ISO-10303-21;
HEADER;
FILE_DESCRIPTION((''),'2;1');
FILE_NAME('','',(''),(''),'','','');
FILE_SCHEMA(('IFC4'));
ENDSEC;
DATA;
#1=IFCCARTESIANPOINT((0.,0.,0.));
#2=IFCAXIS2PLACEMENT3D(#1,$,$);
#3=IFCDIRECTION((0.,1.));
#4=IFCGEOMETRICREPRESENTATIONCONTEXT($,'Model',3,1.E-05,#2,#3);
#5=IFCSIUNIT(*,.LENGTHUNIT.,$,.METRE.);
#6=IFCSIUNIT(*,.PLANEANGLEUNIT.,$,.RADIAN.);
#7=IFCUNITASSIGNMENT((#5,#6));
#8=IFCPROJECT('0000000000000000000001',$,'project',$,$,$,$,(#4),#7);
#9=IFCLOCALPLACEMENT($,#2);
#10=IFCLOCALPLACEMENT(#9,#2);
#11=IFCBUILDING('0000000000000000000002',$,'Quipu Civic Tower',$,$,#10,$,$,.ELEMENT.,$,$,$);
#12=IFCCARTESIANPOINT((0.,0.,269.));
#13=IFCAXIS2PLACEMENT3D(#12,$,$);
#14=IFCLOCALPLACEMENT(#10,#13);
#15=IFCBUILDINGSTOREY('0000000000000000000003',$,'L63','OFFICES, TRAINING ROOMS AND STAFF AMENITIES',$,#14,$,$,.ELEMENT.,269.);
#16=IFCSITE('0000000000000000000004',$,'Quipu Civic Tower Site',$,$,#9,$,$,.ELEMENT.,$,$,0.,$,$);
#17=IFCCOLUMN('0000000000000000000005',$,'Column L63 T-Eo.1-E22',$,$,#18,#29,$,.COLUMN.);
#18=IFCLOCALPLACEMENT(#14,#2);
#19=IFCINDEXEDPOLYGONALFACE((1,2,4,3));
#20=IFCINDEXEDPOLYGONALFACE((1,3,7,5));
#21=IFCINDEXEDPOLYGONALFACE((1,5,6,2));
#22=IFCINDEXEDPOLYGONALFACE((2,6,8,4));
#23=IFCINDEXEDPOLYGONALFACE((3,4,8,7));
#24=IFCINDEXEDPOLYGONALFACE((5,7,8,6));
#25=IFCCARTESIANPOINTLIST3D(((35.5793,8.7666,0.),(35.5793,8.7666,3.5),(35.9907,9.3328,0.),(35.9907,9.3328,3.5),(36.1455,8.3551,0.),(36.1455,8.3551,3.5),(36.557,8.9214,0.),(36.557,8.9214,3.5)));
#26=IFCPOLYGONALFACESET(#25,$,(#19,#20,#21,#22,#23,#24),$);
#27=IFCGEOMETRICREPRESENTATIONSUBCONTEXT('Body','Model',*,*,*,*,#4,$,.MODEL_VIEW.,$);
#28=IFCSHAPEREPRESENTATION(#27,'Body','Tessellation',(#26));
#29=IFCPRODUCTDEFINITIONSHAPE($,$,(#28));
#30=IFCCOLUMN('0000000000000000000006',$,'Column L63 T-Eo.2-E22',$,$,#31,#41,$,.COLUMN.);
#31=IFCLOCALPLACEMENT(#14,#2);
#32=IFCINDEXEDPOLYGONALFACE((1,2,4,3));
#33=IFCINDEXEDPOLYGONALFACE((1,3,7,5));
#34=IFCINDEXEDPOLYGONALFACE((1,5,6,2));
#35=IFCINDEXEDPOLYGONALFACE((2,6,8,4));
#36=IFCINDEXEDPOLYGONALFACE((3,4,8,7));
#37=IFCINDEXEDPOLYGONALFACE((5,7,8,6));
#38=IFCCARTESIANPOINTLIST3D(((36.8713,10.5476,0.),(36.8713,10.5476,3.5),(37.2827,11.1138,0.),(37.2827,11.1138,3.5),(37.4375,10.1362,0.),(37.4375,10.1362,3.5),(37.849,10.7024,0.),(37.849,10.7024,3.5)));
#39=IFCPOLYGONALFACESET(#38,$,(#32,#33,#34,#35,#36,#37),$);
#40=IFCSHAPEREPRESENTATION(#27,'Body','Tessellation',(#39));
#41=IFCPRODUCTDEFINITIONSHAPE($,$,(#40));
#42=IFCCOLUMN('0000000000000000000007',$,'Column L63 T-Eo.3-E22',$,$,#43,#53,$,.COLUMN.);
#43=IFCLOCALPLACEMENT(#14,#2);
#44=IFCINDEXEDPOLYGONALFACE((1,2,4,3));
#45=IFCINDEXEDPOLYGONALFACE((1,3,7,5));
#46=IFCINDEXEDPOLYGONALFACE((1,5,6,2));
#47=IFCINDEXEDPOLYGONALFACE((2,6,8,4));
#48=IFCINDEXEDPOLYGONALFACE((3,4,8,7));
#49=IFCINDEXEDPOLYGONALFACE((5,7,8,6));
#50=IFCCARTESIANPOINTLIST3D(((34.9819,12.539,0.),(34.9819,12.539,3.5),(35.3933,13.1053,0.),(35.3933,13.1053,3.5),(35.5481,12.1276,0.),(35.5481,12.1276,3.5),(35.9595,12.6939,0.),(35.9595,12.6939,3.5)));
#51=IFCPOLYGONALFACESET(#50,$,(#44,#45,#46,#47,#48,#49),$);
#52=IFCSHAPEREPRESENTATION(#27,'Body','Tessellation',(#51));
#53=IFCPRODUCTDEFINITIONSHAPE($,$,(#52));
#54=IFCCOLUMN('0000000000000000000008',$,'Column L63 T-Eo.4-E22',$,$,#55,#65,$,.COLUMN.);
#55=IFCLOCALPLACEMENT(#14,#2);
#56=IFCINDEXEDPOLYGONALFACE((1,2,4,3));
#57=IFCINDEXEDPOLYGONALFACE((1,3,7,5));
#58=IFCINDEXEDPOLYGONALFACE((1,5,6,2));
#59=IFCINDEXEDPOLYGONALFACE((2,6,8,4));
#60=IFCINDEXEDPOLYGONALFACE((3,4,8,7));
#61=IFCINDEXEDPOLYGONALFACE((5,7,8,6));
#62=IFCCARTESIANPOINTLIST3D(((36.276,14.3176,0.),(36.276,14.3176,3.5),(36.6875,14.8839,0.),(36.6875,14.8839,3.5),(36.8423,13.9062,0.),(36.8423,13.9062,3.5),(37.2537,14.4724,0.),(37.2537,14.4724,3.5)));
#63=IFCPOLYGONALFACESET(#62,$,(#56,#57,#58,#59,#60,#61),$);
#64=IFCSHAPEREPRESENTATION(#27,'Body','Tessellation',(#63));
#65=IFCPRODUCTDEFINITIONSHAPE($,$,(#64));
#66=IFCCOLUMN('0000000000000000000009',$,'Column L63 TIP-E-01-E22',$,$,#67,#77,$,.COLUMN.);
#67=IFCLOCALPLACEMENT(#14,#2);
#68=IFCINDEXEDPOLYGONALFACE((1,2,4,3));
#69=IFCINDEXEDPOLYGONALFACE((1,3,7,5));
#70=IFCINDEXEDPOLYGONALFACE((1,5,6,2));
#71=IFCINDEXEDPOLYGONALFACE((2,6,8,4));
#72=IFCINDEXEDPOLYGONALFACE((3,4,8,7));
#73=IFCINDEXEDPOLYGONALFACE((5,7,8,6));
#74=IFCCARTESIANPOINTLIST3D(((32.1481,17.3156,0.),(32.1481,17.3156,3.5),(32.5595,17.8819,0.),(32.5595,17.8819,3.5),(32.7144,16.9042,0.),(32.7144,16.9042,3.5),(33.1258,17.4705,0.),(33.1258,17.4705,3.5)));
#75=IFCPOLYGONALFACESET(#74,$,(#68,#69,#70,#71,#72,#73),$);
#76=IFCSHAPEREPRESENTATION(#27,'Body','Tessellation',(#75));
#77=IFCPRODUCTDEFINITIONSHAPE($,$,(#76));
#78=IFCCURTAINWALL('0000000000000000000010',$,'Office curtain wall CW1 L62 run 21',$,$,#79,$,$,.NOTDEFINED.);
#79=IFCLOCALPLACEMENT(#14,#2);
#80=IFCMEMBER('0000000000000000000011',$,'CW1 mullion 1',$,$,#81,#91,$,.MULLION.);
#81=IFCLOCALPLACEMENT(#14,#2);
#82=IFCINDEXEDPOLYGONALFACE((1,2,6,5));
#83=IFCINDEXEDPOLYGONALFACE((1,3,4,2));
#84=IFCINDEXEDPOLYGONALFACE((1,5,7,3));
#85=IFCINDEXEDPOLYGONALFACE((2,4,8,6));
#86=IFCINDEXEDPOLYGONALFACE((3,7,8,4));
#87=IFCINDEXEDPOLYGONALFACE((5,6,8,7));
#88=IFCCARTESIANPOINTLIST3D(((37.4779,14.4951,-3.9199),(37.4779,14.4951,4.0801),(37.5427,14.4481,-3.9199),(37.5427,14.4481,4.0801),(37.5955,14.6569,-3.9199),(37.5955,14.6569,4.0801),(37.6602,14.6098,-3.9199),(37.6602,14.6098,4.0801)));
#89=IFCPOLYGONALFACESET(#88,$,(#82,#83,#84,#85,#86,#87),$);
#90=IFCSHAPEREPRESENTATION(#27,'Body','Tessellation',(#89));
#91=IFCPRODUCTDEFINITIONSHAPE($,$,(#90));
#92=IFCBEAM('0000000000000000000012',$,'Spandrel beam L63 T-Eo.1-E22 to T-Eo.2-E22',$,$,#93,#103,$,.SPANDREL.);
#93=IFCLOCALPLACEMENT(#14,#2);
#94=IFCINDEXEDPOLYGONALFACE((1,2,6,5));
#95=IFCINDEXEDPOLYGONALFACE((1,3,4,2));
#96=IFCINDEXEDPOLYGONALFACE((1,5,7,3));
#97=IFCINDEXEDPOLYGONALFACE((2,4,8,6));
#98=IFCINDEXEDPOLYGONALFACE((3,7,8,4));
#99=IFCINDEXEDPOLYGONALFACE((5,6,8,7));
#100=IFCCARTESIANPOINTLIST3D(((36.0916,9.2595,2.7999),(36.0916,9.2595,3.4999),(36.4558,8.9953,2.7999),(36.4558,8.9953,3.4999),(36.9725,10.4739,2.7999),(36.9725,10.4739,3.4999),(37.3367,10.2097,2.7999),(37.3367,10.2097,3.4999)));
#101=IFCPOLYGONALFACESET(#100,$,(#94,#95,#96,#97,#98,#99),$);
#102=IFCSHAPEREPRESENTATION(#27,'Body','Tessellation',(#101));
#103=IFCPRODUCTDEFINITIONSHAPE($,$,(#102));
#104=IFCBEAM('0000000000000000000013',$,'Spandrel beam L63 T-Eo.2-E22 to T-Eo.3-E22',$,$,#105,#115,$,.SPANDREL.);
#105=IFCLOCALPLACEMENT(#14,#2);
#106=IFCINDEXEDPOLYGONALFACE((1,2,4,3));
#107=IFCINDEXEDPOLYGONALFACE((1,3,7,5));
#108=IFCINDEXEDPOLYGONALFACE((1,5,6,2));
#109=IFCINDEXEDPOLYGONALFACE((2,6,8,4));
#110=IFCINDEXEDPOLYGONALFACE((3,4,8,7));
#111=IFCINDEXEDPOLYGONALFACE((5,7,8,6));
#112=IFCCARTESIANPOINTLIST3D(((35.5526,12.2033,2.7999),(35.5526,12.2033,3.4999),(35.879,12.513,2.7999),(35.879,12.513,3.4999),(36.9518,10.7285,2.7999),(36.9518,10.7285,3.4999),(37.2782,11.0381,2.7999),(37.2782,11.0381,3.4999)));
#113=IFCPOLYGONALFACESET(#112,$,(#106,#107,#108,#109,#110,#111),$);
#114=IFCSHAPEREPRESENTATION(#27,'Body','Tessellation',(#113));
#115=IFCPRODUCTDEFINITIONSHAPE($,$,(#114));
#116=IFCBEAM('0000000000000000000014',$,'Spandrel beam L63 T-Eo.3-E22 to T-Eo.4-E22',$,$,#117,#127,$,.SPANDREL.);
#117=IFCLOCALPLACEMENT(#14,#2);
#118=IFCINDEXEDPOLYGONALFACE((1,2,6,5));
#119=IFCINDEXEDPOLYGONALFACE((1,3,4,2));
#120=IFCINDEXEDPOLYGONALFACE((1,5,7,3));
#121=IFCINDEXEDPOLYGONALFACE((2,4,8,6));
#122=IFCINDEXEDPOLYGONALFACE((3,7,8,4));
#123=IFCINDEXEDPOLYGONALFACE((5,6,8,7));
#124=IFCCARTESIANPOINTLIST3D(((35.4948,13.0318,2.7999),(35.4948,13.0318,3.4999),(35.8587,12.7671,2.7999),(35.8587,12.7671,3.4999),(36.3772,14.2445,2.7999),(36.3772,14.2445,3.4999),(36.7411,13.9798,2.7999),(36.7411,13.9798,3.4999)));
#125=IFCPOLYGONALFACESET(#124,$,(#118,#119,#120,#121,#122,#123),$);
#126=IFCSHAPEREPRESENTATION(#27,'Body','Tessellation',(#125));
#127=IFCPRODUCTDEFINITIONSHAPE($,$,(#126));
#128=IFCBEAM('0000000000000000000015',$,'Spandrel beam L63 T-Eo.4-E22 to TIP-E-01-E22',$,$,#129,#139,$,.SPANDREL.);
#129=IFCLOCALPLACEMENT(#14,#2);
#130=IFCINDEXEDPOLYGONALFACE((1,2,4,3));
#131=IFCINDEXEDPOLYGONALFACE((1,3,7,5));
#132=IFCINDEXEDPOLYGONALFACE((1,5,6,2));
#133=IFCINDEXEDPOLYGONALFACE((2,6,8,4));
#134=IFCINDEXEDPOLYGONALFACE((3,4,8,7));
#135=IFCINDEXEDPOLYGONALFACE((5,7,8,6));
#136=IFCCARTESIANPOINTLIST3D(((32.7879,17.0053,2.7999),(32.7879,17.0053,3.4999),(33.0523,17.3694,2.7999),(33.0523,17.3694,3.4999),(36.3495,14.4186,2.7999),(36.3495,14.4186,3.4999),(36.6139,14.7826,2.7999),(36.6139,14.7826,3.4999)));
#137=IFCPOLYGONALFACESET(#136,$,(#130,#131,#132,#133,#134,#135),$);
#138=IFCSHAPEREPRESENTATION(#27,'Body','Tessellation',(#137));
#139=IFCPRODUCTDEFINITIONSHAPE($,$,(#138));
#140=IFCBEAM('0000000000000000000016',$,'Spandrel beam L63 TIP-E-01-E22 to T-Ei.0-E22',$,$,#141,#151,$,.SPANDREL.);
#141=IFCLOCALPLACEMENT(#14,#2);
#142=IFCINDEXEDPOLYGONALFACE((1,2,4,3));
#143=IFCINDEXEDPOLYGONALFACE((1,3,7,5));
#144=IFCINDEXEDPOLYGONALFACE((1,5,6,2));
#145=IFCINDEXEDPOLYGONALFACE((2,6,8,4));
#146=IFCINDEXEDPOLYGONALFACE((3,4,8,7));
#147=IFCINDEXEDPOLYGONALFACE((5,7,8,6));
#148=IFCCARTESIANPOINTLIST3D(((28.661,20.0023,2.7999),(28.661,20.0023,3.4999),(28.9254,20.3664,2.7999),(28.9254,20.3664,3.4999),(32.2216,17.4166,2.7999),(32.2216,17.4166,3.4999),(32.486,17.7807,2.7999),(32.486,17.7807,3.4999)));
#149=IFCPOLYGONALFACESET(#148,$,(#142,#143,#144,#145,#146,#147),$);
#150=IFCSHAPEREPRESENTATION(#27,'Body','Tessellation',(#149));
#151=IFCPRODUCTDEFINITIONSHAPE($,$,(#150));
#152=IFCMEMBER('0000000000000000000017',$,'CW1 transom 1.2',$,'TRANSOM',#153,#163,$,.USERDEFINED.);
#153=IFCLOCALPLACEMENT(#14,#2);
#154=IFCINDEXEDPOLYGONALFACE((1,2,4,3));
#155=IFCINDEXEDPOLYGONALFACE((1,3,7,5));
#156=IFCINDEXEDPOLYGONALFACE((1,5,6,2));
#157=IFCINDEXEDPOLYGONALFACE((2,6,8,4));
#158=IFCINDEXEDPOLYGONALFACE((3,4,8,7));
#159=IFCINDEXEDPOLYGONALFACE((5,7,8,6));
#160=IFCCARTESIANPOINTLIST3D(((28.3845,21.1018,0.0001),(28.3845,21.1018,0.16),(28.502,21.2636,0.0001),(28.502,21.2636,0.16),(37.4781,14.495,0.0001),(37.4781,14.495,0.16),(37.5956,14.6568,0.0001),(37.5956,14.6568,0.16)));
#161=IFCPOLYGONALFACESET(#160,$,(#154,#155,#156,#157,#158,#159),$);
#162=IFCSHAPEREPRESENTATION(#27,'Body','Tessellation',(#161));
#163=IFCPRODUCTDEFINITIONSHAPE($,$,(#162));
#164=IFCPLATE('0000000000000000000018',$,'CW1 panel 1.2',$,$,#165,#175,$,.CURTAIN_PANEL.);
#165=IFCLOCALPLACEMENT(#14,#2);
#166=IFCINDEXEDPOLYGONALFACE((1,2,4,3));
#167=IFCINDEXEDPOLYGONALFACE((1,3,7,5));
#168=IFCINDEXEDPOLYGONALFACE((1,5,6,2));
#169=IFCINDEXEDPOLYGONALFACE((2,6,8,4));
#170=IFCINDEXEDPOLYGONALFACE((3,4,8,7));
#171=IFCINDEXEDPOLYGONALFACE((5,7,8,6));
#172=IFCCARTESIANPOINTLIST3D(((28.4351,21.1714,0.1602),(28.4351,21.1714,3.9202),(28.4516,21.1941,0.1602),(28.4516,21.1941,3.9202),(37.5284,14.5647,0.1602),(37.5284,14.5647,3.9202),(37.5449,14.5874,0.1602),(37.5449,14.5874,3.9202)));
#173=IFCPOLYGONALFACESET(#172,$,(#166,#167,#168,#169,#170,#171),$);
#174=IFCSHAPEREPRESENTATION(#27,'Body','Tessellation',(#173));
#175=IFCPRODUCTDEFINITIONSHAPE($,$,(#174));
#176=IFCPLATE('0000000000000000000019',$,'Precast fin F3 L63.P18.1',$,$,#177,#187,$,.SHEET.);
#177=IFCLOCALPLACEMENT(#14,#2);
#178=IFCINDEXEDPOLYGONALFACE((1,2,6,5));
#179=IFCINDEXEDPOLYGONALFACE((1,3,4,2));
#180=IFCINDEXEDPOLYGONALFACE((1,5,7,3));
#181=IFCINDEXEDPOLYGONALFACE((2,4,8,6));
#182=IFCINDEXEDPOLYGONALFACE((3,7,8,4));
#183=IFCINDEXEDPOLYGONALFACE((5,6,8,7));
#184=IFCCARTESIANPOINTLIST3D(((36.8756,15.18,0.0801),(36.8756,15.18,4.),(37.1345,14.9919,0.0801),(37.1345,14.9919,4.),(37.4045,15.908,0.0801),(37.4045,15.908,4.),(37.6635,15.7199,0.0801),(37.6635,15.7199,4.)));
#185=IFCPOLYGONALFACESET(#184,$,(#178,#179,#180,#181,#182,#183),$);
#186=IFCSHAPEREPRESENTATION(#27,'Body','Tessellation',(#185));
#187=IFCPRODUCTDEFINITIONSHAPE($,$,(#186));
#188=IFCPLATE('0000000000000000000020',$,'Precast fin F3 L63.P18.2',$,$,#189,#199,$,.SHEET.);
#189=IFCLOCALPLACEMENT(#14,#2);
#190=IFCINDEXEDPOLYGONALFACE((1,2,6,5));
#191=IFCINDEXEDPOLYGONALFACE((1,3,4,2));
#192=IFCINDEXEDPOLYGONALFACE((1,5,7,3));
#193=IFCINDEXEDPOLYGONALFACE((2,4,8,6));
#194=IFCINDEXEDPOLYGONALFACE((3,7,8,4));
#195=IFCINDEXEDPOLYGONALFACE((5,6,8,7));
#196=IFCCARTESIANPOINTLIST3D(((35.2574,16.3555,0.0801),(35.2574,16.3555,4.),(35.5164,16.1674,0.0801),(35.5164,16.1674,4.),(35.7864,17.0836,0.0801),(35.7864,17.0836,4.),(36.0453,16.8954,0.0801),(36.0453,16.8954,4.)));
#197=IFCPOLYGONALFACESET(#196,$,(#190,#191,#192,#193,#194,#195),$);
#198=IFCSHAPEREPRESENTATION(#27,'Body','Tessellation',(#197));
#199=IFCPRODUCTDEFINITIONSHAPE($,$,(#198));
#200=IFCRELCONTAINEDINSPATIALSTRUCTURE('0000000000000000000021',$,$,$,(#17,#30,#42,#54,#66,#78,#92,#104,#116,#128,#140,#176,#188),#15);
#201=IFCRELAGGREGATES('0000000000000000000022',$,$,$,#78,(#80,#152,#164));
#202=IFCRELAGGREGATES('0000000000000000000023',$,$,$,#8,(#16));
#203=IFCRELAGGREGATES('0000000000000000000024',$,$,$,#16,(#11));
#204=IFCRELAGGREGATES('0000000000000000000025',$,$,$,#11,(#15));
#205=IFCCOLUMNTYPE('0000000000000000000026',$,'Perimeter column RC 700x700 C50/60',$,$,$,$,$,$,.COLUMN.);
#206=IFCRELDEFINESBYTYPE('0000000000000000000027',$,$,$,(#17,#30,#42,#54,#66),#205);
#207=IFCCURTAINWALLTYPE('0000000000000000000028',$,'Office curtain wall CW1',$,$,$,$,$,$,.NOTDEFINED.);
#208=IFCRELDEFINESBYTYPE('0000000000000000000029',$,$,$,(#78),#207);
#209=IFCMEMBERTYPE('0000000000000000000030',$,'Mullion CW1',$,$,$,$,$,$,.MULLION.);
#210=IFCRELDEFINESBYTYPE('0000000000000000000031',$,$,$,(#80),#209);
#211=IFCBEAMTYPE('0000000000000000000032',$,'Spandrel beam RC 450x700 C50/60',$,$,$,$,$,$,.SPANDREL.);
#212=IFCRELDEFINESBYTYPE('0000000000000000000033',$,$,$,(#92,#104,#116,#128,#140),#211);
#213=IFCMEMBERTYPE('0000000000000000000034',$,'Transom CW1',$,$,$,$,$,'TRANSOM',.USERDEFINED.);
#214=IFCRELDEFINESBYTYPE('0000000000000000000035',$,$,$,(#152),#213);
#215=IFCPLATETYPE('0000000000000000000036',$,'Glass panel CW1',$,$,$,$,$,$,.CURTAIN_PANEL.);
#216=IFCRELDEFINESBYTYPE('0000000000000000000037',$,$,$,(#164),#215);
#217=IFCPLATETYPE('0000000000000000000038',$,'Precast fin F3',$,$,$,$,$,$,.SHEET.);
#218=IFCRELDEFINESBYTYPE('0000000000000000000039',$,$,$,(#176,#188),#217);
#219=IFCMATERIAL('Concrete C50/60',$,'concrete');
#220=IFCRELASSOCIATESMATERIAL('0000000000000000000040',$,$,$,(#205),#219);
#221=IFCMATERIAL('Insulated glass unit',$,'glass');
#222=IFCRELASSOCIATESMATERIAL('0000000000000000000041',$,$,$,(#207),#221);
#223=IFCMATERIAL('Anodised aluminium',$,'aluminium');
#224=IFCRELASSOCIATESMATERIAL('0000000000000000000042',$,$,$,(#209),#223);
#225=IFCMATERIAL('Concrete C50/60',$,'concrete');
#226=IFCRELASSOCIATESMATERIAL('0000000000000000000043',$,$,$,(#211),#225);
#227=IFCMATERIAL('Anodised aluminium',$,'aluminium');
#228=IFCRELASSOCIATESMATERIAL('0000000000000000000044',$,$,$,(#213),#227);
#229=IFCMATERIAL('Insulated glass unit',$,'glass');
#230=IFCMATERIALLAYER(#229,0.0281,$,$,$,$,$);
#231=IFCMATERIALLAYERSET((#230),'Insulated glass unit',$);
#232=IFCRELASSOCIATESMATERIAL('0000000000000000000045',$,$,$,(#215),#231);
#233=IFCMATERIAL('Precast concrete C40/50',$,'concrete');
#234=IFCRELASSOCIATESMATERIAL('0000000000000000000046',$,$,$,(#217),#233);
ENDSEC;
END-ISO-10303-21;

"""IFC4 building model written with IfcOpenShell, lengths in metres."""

from ifc_helpers import new_model, si_unit, direction, frame, origin, origin_2d, place, context, subcontext, project, spatial, rectangle, extrude, material, layer, layer_set, material_profile, profile_set, type_object, element, aggregate, save


model = new_model("IFC4")

# Units and contexts
model_context = context("Model", 3, precision=1e-05, world=origin(), true_north=direction((0.0, 1.0)))
body_context = subcontext(model_context, "Body", "Model", "MODEL_VIEW")
ifc_project = project(units=[si_unit("LENGTHUNIT", "METRE"), si_unit("PLANEANGLEUNIT", "RADIAN")], contexts=[model_context])

# Site, building, storey
site_placement = place(None, origin())
site = spatial("IfcSite", under=ifc_project, at=site_placement, Name="Quipu Civic Tower Site", CompositionType="ELEMENT", RefElevation=0.0)
building_placement = place(site_placement, origin())
building = spatial("IfcBuilding", under=site, at=building_placement, Name="Quipu Civic Tower", CompositionType="ELEMENT")
storey_placement = place(building_placement, frame((0.0, 0.0, 269.0)))
storey = spatial("IfcBuildingStorey", under=building, at=storey_placement, Name="L63", Description="OFFICES, TRAINING ROOMS AND STAFF AMENITIES", CompositionType="ELEMENT", Elevation=269.0)

# Columns
ifc_material_1 = material(Name="Concrete C50/60", Category="concrete")
ifc_material_profile_1 = material_profile(ifc_material_1, rectangle(XDim=0.7, YDim=0.7, at=origin_2d()), Name="RC700x700")
ifc_profile_set_1 = profile_set([ifc_material_profile_1], Name="Concrete C50/60")
column_type = type_object("IfcColumnType", Name="Perimeter column RC 700x700 C50/60", PredefinedType="COLUMN", material=ifc_profile_set_1)
for number, where, z_axis, x_axis, name in (
    (1, (36.0681, 8.844, 0.0), (0.0, 0.0, 1.0), (0.587785, 0.809017, 0.0), "Column L63 T-Eo.1-E22"),
    (2, (37.3601, 10.625, 0.0), (0.0, 0.0, 1.0), (0.587785, 0.809017, 0.0), "Column L63 T-Eo.2-E22"),
    (3, (35.4707, 12.6165, 0.0), (0.0, 0.0, 1.0), (-0.809017, 0.587785, 0.0), "Column L63 T-Eo.3-E22"),
    (4, (36.7649, 14.395, 0.0), (0.0, 0.0, 1.0), (-0.809017, 0.587785, 0.0), "Column L63 T-Eo.4-E22"),
    (5, (32.637, 17.3931, 0.0), (0.0, 0.0, 1.0), (-0.809017, 0.587785, 0.0), "Column L63 TIP-E-01-E22"),
):
    element("IfcColumn", number, at=place(storey_placement, frame(where, z_axis=z_axis, x_axis=x_axis)), inside=storey, type_object=column_type, Name=name, PredefinedType="COLUMN", context=body_context, shape_type="SweptSolid", body=[
        extrude(rectangle(XDim=0.7, YDim=0.7, at=origin_2d()), origin(), (0.0, 0.0, 1.0), 3.5),
    ])

# Curtain wall, member
ifc_material_2 = material(Name="Insulated glass unit", Category="glass")
curtain_wall_type = type_object("IfcCurtainWallType", Name="Office curtain wall CW1", PredefinedType="NOTDEFINED", material=ifc_material_2)
curtain_wall_placement = place(storey_placement, origin())
curtain_wall = element("IfcCurtainWall", 6, at=curtain_wall_placement, inside=storey, type_object=curtain_wall_type, Name="Office curtain wall CW1 L62 run 21", PredefinedType="NOTDEFINED")
ifc_material_3 = material(Name="Anodised aluminium", Category="aluminium")
ifc_material_profile_2 = material_profile(ifc_material_3, rectangle(XDim=0.2, YDim=0.0801, at=origin_2d()), Name="RECT 200x80")
ifc_profile_set_2 = profile_set([ifc_material_profile_2], Name="Anodised aluminium")
member_type_1 = type_object("IfcMemberType", Name="Mullion CW1", PredefinedType="MULLION", material=ifc_profile_set_2)
member_1_placement = place(storey_placement, frame((37.5691, 14.5525, -3.9199), z_axis=(0.0, 0.0, 1.0), x_axis=(-0.587788, -0.809015, 0.0)))
member_1 = element("IfcMember", 7, at=member_1_placement, type_object=member_type_1, Name="CW1 mullion 1", PredefinedType="MULLION", context=body_context, shape_type="SweptSolid", body=[
    extrude(rectangle(XDim=0.2, YDim=0.0801, at=origin_2d()), origin(), (0.0, 0.0, 1.0), 8.0),
])

# Beams
ifc_material_4 = material(Name="Concrete C50/60", Category="concrete")
ifc_material_profile_3 = material_profile(ifc_material_4, rectangle(XDim=0.45, YDim=0.7, at=origin_2d()), Name="RC450x700")
ifc_profile_set_3 = profile_set([ifc_material_profile_3], Name="Concrete C50/60")
beam_type = type_object("IfcBeamType", Name="Spandrel beam RC 450x700 C50/60", PredefinedType="SPANDREL", material=ifc_profile_set_3)
beam_1_placement = place(storey_placement, frame((36.2737, 9.1274, 3.1499), z_axis=(0.587165, 0.809467, 0.0), x_axis=(-0.809467, 0.587165, 0.0)))
element("IfcBeam", 8, at=beam_1_placement, inside=storey, type_object=beam_type, Name="Spandrel beam L63 T-Eo.1-E22 to T-Eo.2-E22", PredefinedType="SPANDREL", context=body_context, shape_type="SweptSolid", body=[
    extrude(rectangle(XDim=0.45, YDim=0.7, at=origin_2d()), origin(), (0.0, 0.0, 1.0), 1.5002),
])
beam_2_placement = place(storey_placement, frame((37.115, 10.8833, 3.1499), z_axis=(-0.688247, 0.725476, 0.0), x_axis=(-0.725476, -0.688247, 0.0)))
element("IfcBeam", 9, at=beam_2_placement, inside=storey, type_object=beam_type, Name="Spandrel beam L63 T-Eo.2-E22 to T-Eo.3-E22", PredefinedType="SPANDREL", context=body_context, shape_type="SweptSolid", body=[
    extrude(rectangle(XDim=0.45, YDim=0.7, at=origin_2d()), origin(), (0.0, 0.0, 1.0), 2.033),
])
beam_3_placement = place(storey_placement, frame((35.6768, 12.8994, 3.1499), z_axis=(0.588346, 0.808609, 0.0), x_axis=(-0.808609, 0.588346, 0.0)))
element("IfcBeam", 10, at=beam_3_placement, inside=storey, type_object=beam_type, Name="Spandrel beam L63 T-Eo.3-E22 to T-Eo.4-E22", PredefinedType="SPANDREL", context=body_context, shape_type="SweptSolid", body=[
    extrude(rectangle(XDim=0.45, YDim=0.7, at=origin_2d()), origin(), (0.0, 0.0, 1.0), 1.4998),
])
beam_4_placement = place(storey_placement, frame((36.4817, 14.6006, 3.1499), z_axis=(-0.809117, 0.587647, 0.0), x_axis=(-0.587647, -0.809117, 0.0)))
element("IfcBeam", 11, at=beam_4_placement, inside=storey, type_object=beam_type, Name="Spandrel beam L63 T-Eo.4-E22 to TIP-E-01-E22", PredefinedType="SPANDREL", context=body_context, shape_type="SweptSolid", body=[
    extrude(rectangle(XDim=0.45, YDim=0.7, at=origin_2d()), origin(), (0.0, 0.0, 1.0), 4.4019),
])
beam_5_placement = place(storey_placement, frame((32.3538, 17.5986, 3.1499), z_axis=(-0.809146, 0.587607, 0.0), x_axis=(-0.587607, -0.809146, 0.0)))
element("IfcBeam", 12, at=beam_5_placement, inside=storey, type_object=beam_type, Name="Spandrel beam L63 TIP-E-01-E22 to T-Ei.0-E22", PredefinedType="SPANDREL", context=body_context, shape_type="SweptSolid", body=[
    extrude(rectangle(XDim=0.45, YDim=0.7, at=origin_2d()), origin(), (0.0, 0.0, 1.0), 4.4004),
])

# Member
ifc_material_5 = material(Name="Anodised aluminium", Category="aluminium")
ifc_material_profile_4 = material_profile(ifc_material_5, rectangle(XDim=0.2, YDim=0.1599, at=origin_2d()), Name="RECT 200x160")
ifc_profile_set_4 = profile_set([ifc_material_profile_4], Name="Anodised aluminium")
member_type_2 = type_object("IfcMemberType", Name="Transom CW1", ElementType="TRANSOM", PredefinedType="USERDEFINED", material=ifc_profile_set_4)
member_2_placement = place(storey_placement, frame((37.5369, 14.5759, 0.0801), z_axis=(-0.809022, 0.587778, 0.0), x_axis=(-0.587778, -0.809022, 0.0)))
member_2 = element("IfcMember", 13, at=member_2_placement, type_object=member_type_2, Name="CW1 transom 1.2", ObjectType="TRANSOM", PredefinedType="USERDEFINED", context=body_context, shape_type="SweptSolid", body=[
    extrude(rectangle(XDim=0.2, YDim=0.1599, at=origin_2d()), origin(), (0.0, 0.0, 1.0), 11.2402),
])

# Plate
ifc_material_6 = material(Name="Insulated glass unit", Category="glass")
ifc_layer_1 = layer(ifc_material_6, 0.0281)
ifc_layer_set_1 = layer_set([ifc_layer_1], Name="Insulated glass unit")
plate_type_1 = type_object("IfcPlateType", Name="Glass panel CW1", PredefinedType="CURTAIN_PANEL", material=ifc_layer_set_1)
plate_placement = place(storey_placement, frame((32.99, 17.8794, 0.1602), z_axis=(0.0, 0.0, 1.0), x_axis=(-0.809015, 0.587788, 0.0)))
plate = element("IfcPlate", 14, at=plate_placement, type_object=plate_type_1, Name="CW1 panel 1.2", PredefinedType="CURTAIN_PANEL", context=body_context, shape_type="SweptSolid", body=[
    extrude(rectangle(XDim=11.24, YDim=0.0281, at=origin_2d()), origin(), (0.0, 0.0, 1.0), 3.76),
])
aggregate(curtain_wall, [member_1, member_2, plate])

# Plates
ifc_material_7 = material(Name="Precast concrete C40/50", Category="concrete")
plate_type_2 = type_object("IfcPlateType", Name="Precast fin F3", PredefinedType="SHEET", material=ifc_material_7)
for number, where, z_axis, x_axis, name in (
    (15, (37.2695, 15.45, 0.0801), (0.0, 0.0, 1.0), (-0.809017, 0.587785, 0.0), "Precast fin F3 L63.P18.1"),
    (16, (35.6514, 16.6255, 0.0801), (0.0, 0.0, 1.0), (-0.809017, 0.587785, 0.0), "Precast fin F3 L63.P18.2"),
):
    element("IfcPlate", number, at=place(storey_placement, frame(where, z_axis=z_axis, x_axis=x_axis)), inside=storey, type_object=plate_type_2, Name=name, PredefinedType="SHEET", context=body_context, shape_type="SweptSolid", body=[
        extrude(rectangle(XDim=0.3201, YDim=0.8999, at=origin_2d()), origin(), (0.0, 0.0, 1.0), 3.9199),
    ])

save(model, "model.ifc")
